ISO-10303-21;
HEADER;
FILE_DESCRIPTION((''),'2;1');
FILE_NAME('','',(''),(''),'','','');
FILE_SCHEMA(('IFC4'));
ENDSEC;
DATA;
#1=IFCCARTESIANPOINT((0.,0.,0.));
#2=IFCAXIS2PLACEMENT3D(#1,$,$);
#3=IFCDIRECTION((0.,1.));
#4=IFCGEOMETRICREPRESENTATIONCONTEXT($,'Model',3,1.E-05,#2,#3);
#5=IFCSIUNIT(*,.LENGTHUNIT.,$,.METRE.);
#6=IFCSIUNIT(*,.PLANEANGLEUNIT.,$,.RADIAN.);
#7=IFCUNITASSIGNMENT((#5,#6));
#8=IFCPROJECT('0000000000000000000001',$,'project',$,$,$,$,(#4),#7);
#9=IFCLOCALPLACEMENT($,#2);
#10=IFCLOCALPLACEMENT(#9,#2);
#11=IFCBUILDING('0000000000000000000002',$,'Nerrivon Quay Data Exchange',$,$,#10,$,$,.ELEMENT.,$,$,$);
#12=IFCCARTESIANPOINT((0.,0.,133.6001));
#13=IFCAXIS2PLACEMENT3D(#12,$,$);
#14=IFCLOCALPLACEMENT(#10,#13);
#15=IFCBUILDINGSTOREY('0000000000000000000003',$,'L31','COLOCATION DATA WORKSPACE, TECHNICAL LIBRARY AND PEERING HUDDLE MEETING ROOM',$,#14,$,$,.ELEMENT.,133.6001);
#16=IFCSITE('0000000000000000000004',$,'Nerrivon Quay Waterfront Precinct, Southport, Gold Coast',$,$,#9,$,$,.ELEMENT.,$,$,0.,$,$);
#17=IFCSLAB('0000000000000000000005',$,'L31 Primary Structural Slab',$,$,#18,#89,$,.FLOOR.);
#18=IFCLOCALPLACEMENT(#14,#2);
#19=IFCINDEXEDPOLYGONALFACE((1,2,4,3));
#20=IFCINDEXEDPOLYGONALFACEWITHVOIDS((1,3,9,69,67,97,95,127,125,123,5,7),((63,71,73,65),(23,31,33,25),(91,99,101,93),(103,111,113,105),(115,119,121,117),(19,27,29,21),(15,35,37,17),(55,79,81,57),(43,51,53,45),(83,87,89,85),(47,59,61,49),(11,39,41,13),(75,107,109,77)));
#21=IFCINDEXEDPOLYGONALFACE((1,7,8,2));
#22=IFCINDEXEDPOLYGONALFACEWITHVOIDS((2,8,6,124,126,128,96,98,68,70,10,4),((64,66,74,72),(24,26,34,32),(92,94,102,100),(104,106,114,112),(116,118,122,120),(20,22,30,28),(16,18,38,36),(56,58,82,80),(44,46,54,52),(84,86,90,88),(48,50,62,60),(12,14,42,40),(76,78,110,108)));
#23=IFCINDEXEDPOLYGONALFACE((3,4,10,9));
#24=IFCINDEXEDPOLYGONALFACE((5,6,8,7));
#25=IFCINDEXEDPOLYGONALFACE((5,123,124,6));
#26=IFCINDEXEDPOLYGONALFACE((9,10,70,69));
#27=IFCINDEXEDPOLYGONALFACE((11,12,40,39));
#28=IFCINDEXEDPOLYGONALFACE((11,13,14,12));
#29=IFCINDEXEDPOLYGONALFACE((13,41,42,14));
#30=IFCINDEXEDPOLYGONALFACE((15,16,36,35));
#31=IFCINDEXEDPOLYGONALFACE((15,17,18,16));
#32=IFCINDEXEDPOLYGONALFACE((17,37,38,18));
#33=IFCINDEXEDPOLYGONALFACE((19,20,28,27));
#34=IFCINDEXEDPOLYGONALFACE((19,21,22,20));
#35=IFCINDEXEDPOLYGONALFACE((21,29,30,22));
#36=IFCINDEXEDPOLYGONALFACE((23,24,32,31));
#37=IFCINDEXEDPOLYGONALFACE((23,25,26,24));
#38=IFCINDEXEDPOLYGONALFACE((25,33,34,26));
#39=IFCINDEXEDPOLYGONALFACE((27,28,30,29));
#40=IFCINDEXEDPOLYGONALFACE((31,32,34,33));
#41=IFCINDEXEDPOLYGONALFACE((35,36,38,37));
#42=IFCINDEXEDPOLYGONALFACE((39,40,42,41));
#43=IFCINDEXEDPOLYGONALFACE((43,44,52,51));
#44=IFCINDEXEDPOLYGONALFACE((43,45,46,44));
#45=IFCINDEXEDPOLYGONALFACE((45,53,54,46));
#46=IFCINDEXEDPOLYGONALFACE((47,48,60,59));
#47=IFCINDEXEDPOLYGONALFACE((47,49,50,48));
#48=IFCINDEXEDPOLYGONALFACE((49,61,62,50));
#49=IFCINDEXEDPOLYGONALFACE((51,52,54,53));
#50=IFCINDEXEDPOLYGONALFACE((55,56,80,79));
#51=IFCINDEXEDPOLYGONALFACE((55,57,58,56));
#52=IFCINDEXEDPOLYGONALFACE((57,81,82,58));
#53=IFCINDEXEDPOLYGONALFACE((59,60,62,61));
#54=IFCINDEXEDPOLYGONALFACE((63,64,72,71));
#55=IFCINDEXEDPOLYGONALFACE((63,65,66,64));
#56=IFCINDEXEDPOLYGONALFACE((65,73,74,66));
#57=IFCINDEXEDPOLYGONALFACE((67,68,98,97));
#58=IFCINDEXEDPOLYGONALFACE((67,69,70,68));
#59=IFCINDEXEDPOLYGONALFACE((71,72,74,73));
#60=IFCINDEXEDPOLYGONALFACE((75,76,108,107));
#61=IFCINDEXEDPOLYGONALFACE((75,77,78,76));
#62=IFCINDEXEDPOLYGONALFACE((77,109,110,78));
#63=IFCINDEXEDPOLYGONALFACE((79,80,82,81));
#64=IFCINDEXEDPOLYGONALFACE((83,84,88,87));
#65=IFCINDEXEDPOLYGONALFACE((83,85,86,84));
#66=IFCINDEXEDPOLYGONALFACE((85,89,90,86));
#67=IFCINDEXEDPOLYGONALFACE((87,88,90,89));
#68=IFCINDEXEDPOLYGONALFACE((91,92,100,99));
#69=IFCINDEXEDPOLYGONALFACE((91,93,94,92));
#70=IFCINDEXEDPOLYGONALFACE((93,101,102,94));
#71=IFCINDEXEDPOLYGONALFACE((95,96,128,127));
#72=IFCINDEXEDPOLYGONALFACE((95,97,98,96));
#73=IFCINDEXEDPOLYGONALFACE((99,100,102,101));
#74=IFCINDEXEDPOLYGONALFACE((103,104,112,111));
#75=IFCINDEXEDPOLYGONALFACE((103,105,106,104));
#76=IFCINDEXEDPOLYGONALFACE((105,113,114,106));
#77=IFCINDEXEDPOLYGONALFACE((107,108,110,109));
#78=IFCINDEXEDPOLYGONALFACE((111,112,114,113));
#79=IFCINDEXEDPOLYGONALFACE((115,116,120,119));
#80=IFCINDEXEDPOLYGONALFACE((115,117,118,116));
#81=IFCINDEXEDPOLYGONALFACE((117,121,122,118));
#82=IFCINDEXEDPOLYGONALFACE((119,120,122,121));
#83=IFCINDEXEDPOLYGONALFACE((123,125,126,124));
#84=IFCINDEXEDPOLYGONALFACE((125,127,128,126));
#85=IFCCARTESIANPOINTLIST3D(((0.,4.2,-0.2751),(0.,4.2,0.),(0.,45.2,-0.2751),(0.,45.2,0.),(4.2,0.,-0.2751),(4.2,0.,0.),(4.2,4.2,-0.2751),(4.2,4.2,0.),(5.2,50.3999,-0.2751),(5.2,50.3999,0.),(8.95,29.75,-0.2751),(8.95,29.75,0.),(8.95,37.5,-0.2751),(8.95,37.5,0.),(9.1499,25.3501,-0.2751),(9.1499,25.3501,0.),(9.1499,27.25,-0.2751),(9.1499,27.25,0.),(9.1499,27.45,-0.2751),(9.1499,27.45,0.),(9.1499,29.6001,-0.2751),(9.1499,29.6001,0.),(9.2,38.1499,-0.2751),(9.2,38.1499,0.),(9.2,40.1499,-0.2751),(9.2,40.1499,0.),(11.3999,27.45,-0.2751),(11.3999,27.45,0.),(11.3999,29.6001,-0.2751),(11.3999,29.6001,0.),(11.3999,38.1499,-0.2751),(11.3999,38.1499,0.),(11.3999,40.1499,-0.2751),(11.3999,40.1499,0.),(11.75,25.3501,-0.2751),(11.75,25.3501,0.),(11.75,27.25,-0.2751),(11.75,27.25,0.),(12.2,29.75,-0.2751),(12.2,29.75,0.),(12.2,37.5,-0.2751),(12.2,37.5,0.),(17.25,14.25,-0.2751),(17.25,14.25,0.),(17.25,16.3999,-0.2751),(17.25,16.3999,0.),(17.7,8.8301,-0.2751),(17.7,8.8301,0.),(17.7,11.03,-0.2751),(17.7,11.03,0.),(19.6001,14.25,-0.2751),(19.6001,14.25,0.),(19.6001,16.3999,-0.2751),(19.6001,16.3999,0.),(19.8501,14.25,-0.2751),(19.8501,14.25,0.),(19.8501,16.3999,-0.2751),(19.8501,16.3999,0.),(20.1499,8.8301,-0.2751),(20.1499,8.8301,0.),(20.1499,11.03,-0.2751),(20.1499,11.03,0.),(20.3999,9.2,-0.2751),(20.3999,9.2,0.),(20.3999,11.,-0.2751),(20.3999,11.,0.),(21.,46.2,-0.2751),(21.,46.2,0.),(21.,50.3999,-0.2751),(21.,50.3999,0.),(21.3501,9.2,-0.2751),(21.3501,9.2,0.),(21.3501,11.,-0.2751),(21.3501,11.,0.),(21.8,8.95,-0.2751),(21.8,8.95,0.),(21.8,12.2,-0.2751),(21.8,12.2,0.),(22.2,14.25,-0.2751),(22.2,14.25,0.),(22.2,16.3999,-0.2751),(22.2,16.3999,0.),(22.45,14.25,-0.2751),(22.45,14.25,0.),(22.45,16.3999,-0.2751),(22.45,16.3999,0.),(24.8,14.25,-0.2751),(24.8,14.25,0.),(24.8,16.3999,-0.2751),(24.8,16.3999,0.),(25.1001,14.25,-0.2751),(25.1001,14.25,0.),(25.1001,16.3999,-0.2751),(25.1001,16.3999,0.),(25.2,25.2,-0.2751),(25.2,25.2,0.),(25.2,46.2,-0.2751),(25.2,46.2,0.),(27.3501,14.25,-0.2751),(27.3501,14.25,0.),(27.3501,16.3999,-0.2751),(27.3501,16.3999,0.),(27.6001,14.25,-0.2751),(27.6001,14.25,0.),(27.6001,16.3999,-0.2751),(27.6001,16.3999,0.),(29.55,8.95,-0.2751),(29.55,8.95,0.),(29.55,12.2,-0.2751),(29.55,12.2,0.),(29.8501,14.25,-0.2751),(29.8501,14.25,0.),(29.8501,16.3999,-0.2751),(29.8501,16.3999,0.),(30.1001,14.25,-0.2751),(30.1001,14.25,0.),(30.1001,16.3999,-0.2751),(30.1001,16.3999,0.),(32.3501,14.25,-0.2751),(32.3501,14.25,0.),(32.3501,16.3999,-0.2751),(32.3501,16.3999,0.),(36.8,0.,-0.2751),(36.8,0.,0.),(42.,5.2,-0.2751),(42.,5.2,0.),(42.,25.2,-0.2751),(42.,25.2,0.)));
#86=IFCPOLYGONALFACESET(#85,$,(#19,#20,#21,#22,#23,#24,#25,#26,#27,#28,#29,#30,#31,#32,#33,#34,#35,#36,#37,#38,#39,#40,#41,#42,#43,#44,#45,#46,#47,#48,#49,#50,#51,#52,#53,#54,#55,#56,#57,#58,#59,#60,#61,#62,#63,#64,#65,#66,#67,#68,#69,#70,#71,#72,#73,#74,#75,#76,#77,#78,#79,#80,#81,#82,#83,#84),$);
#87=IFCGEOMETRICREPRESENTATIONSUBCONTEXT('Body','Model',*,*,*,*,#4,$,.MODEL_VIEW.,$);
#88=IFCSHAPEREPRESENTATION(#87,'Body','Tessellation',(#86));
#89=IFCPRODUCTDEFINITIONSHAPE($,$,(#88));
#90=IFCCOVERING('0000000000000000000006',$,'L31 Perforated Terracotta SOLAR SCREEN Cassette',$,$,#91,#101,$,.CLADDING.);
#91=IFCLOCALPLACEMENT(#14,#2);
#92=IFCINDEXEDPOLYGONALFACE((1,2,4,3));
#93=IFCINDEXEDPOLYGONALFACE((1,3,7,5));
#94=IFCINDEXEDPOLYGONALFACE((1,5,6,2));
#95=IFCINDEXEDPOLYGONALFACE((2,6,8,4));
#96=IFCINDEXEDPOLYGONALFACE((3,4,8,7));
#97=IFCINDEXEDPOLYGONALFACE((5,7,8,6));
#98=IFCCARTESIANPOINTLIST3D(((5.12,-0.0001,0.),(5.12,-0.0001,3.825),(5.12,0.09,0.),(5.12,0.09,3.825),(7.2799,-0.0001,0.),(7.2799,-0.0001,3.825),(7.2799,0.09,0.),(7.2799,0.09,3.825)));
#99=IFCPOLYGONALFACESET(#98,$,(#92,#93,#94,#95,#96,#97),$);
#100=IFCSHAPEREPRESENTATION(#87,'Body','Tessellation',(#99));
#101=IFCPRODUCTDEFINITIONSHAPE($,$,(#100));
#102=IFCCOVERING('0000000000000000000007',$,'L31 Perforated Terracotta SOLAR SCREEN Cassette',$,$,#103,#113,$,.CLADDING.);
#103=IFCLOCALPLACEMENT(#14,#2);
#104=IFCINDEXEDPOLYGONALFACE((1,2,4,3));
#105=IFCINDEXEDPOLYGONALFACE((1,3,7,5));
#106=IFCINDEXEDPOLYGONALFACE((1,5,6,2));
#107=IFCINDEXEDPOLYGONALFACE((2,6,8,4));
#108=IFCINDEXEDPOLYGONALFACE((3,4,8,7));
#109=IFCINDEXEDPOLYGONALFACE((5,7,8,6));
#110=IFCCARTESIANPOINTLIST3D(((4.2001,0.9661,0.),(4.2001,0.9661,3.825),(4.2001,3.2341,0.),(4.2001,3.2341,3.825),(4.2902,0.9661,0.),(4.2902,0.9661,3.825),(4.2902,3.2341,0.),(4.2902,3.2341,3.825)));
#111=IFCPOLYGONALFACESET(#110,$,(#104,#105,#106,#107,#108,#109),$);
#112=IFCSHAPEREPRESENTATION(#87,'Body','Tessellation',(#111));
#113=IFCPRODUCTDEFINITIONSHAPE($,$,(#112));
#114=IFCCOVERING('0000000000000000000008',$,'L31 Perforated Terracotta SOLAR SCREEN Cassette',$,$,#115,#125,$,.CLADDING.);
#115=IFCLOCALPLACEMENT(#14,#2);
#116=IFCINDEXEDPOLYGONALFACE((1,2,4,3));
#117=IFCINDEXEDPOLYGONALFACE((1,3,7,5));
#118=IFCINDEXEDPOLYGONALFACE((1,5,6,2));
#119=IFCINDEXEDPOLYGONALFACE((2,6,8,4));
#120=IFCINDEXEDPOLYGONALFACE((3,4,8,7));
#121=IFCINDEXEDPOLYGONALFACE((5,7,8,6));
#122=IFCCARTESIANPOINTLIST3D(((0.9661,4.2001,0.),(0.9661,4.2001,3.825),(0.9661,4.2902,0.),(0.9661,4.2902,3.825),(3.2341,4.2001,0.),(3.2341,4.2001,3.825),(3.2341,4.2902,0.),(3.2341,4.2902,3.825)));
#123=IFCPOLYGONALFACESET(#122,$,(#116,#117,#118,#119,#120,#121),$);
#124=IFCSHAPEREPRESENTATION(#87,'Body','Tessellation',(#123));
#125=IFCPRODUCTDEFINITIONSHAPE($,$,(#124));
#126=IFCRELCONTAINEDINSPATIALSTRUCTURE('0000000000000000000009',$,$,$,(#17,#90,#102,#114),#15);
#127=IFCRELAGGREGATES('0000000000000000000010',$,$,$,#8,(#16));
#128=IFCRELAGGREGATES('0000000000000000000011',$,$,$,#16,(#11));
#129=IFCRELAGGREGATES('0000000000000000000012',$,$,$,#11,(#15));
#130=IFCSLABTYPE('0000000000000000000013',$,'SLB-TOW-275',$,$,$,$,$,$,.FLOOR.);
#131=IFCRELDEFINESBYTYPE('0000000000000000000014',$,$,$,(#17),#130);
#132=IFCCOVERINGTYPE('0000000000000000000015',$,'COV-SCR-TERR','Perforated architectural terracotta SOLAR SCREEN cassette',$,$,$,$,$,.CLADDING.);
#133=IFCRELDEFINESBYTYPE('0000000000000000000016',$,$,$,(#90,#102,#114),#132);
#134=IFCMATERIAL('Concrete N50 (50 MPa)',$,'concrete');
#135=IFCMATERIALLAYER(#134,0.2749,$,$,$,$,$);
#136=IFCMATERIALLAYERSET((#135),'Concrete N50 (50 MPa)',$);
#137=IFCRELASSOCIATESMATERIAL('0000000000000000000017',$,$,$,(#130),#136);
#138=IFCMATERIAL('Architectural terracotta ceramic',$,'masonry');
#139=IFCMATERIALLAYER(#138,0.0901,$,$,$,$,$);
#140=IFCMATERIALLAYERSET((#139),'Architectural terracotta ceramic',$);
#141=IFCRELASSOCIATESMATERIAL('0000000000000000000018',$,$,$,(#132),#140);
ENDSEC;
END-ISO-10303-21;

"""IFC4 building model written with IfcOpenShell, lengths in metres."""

from ifc_helpers import new_model, si_unit, direction, frame, origin, origin_2d, place, context, subcontext, project, spatial, polyline, rectangle, outline, extrude, material, layer, layer_set, type_object, element, save


model = new_model("IFC4")

# Units and contexts
model_context = context("Model", 3, precision=1e-05, world=origin(), true_north=direction((0.0, 1.0)))
body_context = subcontext(model_context, "Body", "Model", "MODEL_VIEW")
ifc_project = project(units=[si_unit("LENGTHUNIT", "METRE"), si_unit("PLANEANGLEUNIT", "RADIAN")], contexts=[model_context])

# Site, building, storey
site_placement = place(None, origin())
site = spatial("IfcSite", under=ifc_project, at=site_placement, Name="Nerrivon Quay Waterfront Precinct, Southport, Gold Coast", CompositionType="ELEMENT", RefElevation=0.0)
building_placement = place(site_placement, origin())
building = spatial("IfcBuilding", under=site, at=building_placement, Name="Nerrivon Quay Data Exchange", CompositionType="ELEMENT")
storey_placement = place(building_placement, frame((0.0, 0.0, 133.6001)))
storey = spatial("IfcBuildingStorey", under=building, at=storey_placement, Name="L31", Description="COLOCATION DATA WORKSPACE, TECHNICAL LIBRARY AND PEERING HUDDLE MEETING ROOM", CompositionType="ELEMENT", Elevation=133.6001)

# Shared definitions
ifc_material_1 = material(Name="Concrete N50 (50 MPa)", Category="concrete")

# Slab
ifc_layer_1 = layer(ifc_material_1, 0.2749)
ifc_layer_set_1 = layer_set([ifc_layer_1], Name="Concrete N50 (50 MPa)")
slab_type_1 = type_object("IfcSlabType", Name="SLB-TOW-275", PredefinedType="FLOOR", material=ifc_layer_set_1)
slab_1_placement = place(storey_placement, frame((0.0, 0.0, -0.2751)))
element("IfcSlab", 1, at=slab_1_placement, inside=storey, type_object=slab_type_1, Name="L31 Primary Structural Slab", PredefinedType="FLOOR", context=body_context, shape_type="SweptSolid", body=[
    extrude(outline(polyline([(42.0, 25.2), (25.2, 25.2), (25.2, 46.2), (21.0, 46.2), (21.0, 50.3999), (5.2, 50.3999), (0.0, 45.2), (0.0, 4.2), (4.2, 4.2), (4.2, 0.0), (36.8, 0.0), (42.0, 5.2), (42.0, 25.2)]), holes=[polyline([(8.95, 29.75), (8.95, 37.5), (12.2, 37.5), (12.2, 29.75), (8.95, 29.75)]), polyline([(21.8, 12.2), (29.55, 12.2), (29.55, 8.95), (21.8, 8.95), (21.8, 12.2)]), polyline([(30.1001, 16.3999), (32.3501, 16.3999), (32.3501, 14.25), (30.1001, 14.25), (30.1001, 16.3999)]), polyline([(27.6001, 16.3999), (29.8501, 16.3999), (29.8501, 14.25), (27.6001, 14.25), (27.6001, 16.3999)]), polyline([(25.1001, 14.25), (25.1001, 16.3999), (27.3501, 16.3999), (27.3501, 14.25), (25.1001, 14.25)]), polyline([(22.45, 16.3999), (24.8, 16.3999), (24.8, 14.25), (22.45, 14.25), (22.45, 16.3999)]), polyline([(19.8501, 16.3999), (22.2, 16.3999), (22.2, 14.25), (19.8501, 14.25), (19.8501, 16.3999)]), polyline([(20.3999, 9.2), (20.3999, 11.0), (21.3501, 11.0), (21.3501, 9.2), (20.3999, 9.2)]), polyline([(17.7, 8.8301), (17.7, 11.03), (20.1499, 11.03), (20.1499, 8.8301), (17.7, 8.8301)]), polyline([(17.25, 14.25), (17.25, 16.3999), (19.6001, 16.3999), (19.6001, 14.25), (17.25, 14.25)]), polyline([(9.1499, 27.25), (11.75, 27.25), (11.75, 25.3501), (9.1499, 25.3501), (9.1499, 27.25)]), polyline([(9.1499, 29.6001), (11.3999, 29.6001), (11.3999, 27.45), (9.1499, 27.45), (9.1499, 29.6001)]), polyline([(9.2, 38.1499), (9.2, 40.1499), (11.3999, 40.1499), (11.3999, 38.1499), (9.2, 38.1499)])]), origin(), (0.0, 0.0, 1.0), 0.2751),
])

# Coverings
ifc_material_2 = material(Name="Architectural terracotta ceramic", Category="masonry")
ifc_layer_2 = layer(ifc_material_2, 0.0901)
ifc_layer_set_2 = layer_set([ifc_layer_2], Name="Architectural terracotta ceramic")
covering_type = type_object("IfcCoveringType", Name="COV-SCR-TERR", Description="Perforated architectural terracotta SOLAR SCREEN cassette", PredefinedType="CLADDING", material=ifc_layer_set_2)
covering_placement = place(storey_placement, frame((6.2, 0.0449, 0.0), z_axis=(0.0, 0.0, 1.0), x_axis=(-1.0, 0.0, 0.0)))
element("IfcCovering", 2, at=covering_placement, inside=storey, type_object=covering_type, Name="L31 Perforated Terracotta SOLAR SCREEN Cassette", PredefinedType="CLADDING", context=body_context, shape_type="SweptSolid", body=[
    extrude(rectangle(XDim=2.1599, YDim=0.0901, at=origin_2d()), origin(), (0.0, 0.0, 1.0), 3.825),
])
for number, where, z_axis, x_axis, name in (
    (3, (4.2451, 2.1001, 0.0), (0.0, 0.0, 1.0), (0.0, 1.0, 0.0), "L31 Perforated Terracotta SOLAR SCREEN Cassette"),
    (4, (2.1001, 4.2451, 0.0), (0.0, 0.0, 1.0), (-1.0, 0.0, 0.0), "L31 Perforated Terracotta SOLAR SCREEN Cassette"),
):
    element("IfcCovering", number, at=place(storey_placement, frame(where, z_axis=z_axis, x_axis=x_axis)), inside=storey, type_object=covering_type, Name=name, PredefinedType="CLADDING", context=body_context, shape_type="SweptSolid", body=[
        extrude(rectangle(XDim=2.2681, YDim=0.0901, at=origin_2d()), origin(), (0.0, 0.0, 1.0), 3.825),
    ])

save(model, "model.ifc")
